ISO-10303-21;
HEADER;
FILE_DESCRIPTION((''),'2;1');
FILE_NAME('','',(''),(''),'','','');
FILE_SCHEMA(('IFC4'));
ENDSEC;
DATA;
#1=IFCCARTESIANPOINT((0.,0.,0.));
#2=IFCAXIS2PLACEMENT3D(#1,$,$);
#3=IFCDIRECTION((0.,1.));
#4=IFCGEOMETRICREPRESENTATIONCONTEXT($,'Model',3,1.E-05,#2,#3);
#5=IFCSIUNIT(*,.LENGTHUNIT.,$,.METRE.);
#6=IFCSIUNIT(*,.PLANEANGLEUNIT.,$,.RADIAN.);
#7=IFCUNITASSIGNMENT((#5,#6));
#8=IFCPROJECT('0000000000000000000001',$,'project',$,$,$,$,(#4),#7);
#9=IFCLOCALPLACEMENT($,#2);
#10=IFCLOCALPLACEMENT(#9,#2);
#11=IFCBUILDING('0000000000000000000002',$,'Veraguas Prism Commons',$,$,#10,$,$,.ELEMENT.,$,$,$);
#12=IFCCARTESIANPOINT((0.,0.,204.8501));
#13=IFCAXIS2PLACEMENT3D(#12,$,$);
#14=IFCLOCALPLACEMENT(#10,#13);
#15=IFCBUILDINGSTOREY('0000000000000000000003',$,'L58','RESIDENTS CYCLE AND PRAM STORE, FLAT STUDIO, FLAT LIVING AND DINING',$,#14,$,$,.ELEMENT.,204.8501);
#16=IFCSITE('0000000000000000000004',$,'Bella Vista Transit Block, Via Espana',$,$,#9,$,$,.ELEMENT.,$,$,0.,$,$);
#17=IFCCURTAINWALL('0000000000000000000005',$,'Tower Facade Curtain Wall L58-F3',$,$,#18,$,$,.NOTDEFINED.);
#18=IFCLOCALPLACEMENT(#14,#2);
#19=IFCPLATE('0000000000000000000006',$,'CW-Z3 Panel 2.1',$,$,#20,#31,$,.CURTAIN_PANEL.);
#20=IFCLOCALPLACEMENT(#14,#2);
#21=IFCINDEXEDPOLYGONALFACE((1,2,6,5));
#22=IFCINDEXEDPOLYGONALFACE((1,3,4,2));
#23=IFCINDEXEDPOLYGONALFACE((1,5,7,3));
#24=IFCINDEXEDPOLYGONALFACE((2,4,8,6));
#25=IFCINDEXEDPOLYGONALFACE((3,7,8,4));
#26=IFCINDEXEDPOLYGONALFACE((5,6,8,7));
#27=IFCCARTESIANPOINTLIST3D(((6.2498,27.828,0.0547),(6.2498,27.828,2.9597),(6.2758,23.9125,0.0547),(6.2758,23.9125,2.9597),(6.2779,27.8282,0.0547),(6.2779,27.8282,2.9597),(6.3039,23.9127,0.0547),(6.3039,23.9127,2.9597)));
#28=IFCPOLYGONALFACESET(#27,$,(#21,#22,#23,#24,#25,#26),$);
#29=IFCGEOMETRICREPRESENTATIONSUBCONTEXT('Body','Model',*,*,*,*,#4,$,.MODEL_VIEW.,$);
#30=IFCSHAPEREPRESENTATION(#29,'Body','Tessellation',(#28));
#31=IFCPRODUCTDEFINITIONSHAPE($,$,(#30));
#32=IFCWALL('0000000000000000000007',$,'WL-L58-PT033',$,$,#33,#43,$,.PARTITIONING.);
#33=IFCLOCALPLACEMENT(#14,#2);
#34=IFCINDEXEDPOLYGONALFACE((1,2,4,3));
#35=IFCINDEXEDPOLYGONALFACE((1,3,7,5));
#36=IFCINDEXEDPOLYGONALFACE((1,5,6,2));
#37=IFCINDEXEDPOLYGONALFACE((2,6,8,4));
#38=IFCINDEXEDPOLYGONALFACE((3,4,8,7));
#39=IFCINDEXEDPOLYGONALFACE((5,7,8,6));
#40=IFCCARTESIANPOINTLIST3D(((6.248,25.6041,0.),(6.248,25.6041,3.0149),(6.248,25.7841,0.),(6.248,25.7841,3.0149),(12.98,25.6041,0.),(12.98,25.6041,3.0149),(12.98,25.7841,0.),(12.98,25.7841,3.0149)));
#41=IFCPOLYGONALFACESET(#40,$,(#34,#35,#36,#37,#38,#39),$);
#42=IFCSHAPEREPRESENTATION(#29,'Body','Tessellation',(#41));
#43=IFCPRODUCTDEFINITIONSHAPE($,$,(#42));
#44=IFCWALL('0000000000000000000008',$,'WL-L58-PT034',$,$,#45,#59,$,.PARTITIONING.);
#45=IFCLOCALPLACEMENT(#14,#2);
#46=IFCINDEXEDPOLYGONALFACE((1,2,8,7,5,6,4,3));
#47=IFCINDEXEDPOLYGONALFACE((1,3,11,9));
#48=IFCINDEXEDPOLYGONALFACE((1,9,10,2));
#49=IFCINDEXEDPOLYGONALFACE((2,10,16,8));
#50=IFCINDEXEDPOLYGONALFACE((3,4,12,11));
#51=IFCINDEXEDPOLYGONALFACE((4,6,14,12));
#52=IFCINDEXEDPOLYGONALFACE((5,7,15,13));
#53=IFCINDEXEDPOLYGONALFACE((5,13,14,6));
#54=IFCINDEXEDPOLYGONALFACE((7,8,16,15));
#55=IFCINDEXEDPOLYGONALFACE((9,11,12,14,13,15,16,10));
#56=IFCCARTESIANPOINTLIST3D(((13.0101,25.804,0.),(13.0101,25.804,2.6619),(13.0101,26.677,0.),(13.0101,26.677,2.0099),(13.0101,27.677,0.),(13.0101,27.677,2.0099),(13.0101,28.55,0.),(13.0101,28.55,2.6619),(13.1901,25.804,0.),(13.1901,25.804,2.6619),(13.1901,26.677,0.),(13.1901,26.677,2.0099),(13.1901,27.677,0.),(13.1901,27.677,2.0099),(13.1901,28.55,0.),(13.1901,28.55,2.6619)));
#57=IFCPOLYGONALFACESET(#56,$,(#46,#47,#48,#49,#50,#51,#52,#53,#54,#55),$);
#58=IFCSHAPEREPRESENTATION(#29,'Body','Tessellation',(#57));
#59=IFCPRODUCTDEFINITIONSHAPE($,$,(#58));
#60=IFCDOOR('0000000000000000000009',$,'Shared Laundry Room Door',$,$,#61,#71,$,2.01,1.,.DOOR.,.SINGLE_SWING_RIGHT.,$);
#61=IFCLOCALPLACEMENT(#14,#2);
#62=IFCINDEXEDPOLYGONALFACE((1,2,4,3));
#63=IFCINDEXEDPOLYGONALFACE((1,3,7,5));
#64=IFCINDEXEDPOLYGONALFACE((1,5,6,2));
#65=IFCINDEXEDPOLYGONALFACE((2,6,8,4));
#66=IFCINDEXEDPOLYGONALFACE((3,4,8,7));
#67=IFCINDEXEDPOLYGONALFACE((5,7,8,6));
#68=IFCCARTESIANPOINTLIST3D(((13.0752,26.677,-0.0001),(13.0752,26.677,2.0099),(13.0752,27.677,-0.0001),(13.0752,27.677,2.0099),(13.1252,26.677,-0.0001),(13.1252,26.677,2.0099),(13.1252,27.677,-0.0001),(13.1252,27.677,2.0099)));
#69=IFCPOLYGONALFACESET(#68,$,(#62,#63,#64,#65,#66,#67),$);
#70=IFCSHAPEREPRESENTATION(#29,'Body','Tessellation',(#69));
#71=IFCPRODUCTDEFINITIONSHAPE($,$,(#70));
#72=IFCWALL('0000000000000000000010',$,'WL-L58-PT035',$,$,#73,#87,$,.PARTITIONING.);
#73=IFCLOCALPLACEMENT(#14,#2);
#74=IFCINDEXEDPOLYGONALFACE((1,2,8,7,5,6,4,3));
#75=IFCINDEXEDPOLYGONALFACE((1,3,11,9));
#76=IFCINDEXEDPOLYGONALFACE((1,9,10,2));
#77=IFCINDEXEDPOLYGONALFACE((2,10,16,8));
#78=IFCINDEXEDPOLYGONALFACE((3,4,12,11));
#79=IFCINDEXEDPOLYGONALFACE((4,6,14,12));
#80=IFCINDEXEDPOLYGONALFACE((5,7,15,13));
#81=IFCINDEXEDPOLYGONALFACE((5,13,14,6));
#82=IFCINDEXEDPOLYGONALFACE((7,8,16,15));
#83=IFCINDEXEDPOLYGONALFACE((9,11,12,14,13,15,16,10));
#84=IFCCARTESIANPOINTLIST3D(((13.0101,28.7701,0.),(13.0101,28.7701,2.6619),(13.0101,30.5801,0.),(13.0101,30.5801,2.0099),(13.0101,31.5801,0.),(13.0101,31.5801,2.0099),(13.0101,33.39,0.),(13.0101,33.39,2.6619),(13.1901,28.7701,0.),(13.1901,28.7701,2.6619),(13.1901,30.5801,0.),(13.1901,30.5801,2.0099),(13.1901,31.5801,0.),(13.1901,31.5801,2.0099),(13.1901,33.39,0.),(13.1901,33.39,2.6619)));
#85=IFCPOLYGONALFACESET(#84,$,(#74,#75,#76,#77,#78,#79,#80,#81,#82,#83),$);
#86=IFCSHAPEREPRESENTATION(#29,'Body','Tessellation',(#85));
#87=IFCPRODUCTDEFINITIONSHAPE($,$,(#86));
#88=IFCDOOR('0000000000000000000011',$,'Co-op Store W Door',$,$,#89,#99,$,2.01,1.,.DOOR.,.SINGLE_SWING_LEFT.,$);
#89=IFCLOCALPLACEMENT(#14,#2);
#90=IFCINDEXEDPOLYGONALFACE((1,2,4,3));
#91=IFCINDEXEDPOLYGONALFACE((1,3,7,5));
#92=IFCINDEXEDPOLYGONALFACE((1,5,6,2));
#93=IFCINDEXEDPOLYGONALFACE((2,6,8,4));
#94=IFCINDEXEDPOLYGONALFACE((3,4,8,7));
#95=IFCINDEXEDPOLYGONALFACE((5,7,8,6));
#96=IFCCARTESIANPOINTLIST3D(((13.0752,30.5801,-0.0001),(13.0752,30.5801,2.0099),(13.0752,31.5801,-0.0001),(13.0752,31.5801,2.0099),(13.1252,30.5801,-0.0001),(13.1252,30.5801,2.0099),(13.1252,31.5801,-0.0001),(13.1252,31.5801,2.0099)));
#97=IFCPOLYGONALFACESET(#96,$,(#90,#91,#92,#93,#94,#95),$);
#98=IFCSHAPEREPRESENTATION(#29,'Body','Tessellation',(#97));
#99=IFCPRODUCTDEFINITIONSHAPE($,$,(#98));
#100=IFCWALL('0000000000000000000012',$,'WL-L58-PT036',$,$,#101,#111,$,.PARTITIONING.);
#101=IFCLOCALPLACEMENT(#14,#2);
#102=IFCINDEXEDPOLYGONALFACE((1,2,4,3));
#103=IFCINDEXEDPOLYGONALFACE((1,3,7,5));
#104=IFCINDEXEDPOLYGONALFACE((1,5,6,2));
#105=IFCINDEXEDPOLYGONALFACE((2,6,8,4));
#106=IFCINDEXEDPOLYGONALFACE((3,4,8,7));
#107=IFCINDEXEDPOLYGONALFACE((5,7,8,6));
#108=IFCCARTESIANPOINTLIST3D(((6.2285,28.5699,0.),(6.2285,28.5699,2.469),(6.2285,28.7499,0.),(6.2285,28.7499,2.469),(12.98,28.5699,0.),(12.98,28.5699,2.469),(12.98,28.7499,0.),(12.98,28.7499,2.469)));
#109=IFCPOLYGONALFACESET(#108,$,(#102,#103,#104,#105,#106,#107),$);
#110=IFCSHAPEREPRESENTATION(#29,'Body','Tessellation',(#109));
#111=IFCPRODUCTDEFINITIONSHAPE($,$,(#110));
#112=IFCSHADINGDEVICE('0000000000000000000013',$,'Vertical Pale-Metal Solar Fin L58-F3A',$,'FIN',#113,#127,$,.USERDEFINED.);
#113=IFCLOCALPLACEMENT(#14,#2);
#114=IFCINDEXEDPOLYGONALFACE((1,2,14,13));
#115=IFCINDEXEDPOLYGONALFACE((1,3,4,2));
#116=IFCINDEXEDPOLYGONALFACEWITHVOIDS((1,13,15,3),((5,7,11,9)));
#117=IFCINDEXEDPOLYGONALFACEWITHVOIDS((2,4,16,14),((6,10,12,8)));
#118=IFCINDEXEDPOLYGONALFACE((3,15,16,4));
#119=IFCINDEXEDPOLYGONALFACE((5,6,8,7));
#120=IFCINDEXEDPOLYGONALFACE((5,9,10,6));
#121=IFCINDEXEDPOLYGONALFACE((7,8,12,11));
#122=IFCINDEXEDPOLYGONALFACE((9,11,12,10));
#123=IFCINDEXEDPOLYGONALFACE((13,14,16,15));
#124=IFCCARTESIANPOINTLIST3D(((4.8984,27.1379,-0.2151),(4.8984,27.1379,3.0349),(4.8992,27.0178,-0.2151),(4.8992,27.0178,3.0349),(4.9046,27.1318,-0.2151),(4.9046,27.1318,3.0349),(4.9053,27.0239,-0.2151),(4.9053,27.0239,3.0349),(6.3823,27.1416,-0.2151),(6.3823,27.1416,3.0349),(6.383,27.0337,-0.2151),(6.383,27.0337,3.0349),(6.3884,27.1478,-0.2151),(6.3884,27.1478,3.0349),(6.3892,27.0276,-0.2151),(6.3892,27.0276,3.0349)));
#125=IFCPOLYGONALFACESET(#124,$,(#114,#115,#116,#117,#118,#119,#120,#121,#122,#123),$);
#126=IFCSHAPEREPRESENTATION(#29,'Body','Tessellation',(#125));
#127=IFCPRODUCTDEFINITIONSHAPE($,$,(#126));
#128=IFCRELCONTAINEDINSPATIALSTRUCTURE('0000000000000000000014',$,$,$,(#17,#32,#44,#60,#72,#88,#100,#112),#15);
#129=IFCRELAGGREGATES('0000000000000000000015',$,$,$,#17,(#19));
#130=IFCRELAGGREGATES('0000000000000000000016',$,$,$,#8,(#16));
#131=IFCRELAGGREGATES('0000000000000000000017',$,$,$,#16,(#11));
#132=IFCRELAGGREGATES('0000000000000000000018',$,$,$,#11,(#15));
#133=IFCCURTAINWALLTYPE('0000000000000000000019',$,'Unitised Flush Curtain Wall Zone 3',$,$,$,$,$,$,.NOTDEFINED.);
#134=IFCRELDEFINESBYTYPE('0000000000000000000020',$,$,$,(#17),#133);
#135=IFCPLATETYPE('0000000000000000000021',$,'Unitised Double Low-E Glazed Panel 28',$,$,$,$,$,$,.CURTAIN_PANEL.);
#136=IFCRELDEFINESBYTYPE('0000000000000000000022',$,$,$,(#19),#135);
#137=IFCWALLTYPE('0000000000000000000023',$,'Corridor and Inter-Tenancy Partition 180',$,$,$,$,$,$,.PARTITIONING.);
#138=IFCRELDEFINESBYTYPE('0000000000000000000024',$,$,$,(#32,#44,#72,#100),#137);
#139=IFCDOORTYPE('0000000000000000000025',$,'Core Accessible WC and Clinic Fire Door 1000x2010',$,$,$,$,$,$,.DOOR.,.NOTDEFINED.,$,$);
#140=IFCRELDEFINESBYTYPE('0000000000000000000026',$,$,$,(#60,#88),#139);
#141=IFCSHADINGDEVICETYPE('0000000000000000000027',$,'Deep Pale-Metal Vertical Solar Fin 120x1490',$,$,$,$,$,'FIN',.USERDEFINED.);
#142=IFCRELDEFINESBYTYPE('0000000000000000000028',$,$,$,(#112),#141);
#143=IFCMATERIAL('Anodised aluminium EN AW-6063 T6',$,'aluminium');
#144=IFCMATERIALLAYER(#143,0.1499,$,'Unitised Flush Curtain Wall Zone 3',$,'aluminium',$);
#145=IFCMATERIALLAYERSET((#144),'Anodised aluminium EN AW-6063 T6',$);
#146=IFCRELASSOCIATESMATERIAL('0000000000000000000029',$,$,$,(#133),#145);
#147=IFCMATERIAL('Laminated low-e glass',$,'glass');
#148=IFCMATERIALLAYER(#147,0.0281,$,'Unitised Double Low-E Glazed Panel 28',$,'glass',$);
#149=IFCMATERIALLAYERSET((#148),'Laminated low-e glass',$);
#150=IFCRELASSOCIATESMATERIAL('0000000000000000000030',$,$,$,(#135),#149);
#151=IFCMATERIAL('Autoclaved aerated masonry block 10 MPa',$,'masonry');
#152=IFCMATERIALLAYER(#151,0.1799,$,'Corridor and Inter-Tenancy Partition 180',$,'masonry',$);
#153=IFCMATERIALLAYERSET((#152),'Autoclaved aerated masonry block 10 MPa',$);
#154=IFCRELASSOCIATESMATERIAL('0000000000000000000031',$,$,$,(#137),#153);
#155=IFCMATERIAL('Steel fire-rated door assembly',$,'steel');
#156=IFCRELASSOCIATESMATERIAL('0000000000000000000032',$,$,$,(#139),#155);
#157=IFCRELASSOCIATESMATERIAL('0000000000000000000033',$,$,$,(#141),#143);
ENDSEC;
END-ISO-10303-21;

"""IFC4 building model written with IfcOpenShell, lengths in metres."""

from ifc_helpers import new_model, si_unit, direction, frame, frame_2d, origin, origin_2d, place, context, subcontext, project, spatial, rectangle, hollow_rectangle, extrude, source, transform, mapped, material, layer, layer_set, material_profile, profile_set, type_object, element, fill, aggregate, save


model = new_model("IFC4")

# Units and contexts
model_context = context("Model", 3, precision=1e-05, world=origin(), true_north=direction((0.0, 1.0)))
body_context = subcontext(model_context, "Body", "Model", "MODEL_VIEW")
ifc_project = project(units=[si_unit("LENGTHUNIT", "METRE"), si_unit("PLANEANGLEUNIT", "RADIAN")], contexts=[model_context])

# Site, building, storey
site_placement = place(None, origin())
site = spatial("IfcSite", under=ifc_project, at=site_placement, Name="Bella Vista Transit Block, Via Espana", CompositionType="ELEMENT", RefElevation=0.0)
building_placement = place(site_placement, origin())
building = spatial("IfcBuilding", under=site, at=building_placement, Name="Veraguas Prism Commons", CompositionType="ELEMENT")
storey_placement = place(building_placement, frame((0.0, 0.0, 204.8501)))
storey = spatial("IfcBuildingStorey", under=building, at=storey_placement, Name="L58", Description="RESIDENTS CYCLE AND PRAM STORE, FLAT STUDIO, FLAT LIVING AND DINING", CompositionType="ELEMENT", Elevation=204.8501)

# Curtain wall, plate
ifc_material_1 = material(Name="Anodised aluminium EN AW-6063 T6", Category="aluminium")
ifc_layer_1 = layer(ifc_material_1, 0.1499, Name="Unitised Flush Curtain Wall Zone 3", Category="aluminium")
ifc_layer_set_1 = layer_set([ifc_layer_1], Name="Anodised aluminium EN AW-6063 T6")
curtain_wall_type = type_object("IfcCurtainWallType", Name="Unitised Flush Curtain Wall Zone 3", PredefinedType="NOTDEFINED", material=ifc_layer_set_1)
curtain_wall_placement = place(storey_placement, origin())
curtain_wall = element("IfcCurtainWall", 1, at=curtain_wall_placement, inside=storey, type_object=curtain_wall_type, Name="Tower Facade Curtain Wall L58-F3", PredefinedType="NOTDEFINED")
ifc_material_2 = material(Name="Laminated low-e glass", Category="glass")
ifc_layer_2 = layer(ifc_material_2, 0.0281, Name="Unitised Double Low-E Glazed Panel 28", Category="glass")
ifc_layer_set_2 = layer_set([ifc_layer_2], Name="Laminated low-e glass")
plate_type = type_object("IfcPlateType", Name="Unitised Double Low-E Glazed Panel 28", PredefinedType="CURTAIN_PANEL", material=ifc_layer_set_2)
shared_shape_1 = source(origin(), body_context, "Body", "SweptSolid", [
    extrude(rectangle(XDim=3.9155, YDim=0.0281, at=origin_2d()), origin(), (0.0, 0.0, 1.0), 2.905),
])
plate_1_placement = place(storey_placement, frame((6.2769, 25.8704, 0.0547), z_axis=(0.0, 0.0, 1.0), x_axis=(0.006634, -0.999978, 0.0)))
plate_1 = element("IfcPlate", 2, at=plate_1_placement, type_object=plate_type, Name="CW-Z3 Panel 2.1", PredefinedType="CURTAIN_PANEL", context=body_context, shape_type="MappedRepresentation", body=[
    mapped(shared_shape_1, transform((0.0, 0.0, 0.0), scale=1.0)),
])
aggregate(curtain_wall, [plate_1])

# Wall
ifc_material_3 = material(Name="Autoclaved aerated masonry block 10 MPa", Category="masonry")
ifc_layer_3 = layer(ifc_material_3, 0.1799, Name="Corridor and Inter-Tenancy Partition 180", Category="masonry")
ifc_layer_set_3 = layer_set([ifc_layer_3], Name="Autoclaved aerated masonry block 10 MPa")
wall_type = type_object("IfcWallType", Name="Corridor and Inter-Tenancy Partition 180", PredefinedType="PARTITIONING", material=ifc_layer_set_3)
wall_1_placement = place(storey_placement, frame((12.98, 25.6941, 0.0), z_axis=(0.0, 0.0, 1.0), x_axis=(-1.0, 0.0, 0.0)))
element("IfcWall", 3, at=wall_1_placement, inside=storey, type_object=wall_type, Name="WL-L58-PT033", PredefinedType="PARTITIONING", context=body_context, shape_type="SweptSolid", body=[
    extrude(rectangle(XDim=6.7319, YDim=0.1799, at=frame_2d((3.366, 0.0))), origin(), (0.0, 0.0, 1.0), 3.0149),
])

# Walls, openings, doors
wall_2_placement = place(storey_placement, frame((13.1001, 25.804, 0.0), z_axis=(0.0, 0.0, 1.0), x_axis=(0.0, 1.0, 0.0)))
wall_2 = element("IfcWall", 4, at=wall_2_placement, inside=storey, type_object=wall_type, Name="WL-L58-PT034", PredefinedType="PARTITIONING", context=body_context, shape_type="SweptSolid", body=[
    extrude(rectangle(XDim=2.7461, YDim=0.1799, at=frame_2d((1.373, 0.0))), origin(), (0.0, 0.0, 1.0), 2.6619),
])
opening_1_placement = place(wall_2_placement, frame((0.873, 0.0, 0.0)))
opening_1 = element("IfcOpeningElement", 5, at=opening_1_placement, cuts=wall_2, PredefinedType="OPENING", context=body_context, shape_type="SweptSolid", body=[
    extrude(rectangle(XDim=1.0, YDim=2.01, at=frame_2d((0.5, 1.0049))), frame((0.0, 0.0999, 0.0), z_axis=(0.0, -1.0, 0.0), x_axis=(1.0, 0.0, 0.0)), (0.0, 0.0, 1.0), 0.2),
])
ifc_material_4 = material(Name="Steel fire-rated door assembly", Category="steel")
door_type = type_object("IfcDoorType", Name="Core Accessible WC and Clinic Fire Door 1000x2010", OperationType="NOTDEFINED", PredefinedType="DOOR", material=ifc_material_4)
shared_shape_2 = source(origin(), body_context, "Body", "SweptSolid", [
    extrude(rectangle(XDim=1.0, YDim=2.01, at=frame_2d((0.5, 1.0049))), frame((0.0, 0.0249, 0.0), z_axis=(0.0, -1.0, 0.0), x_axis=(1.0, 0.0, 0.0)), (0.0, 0.0, 1.0), 0.05),
])
door_1_placement = place(opening_1_placement, origin())
door_1 = element("IfcDoor", 6, at=door_1_placement, inside=storey, type_object=door_type, Name="Shared Laundry Room Door", OperationType="SINGLE_SWING_RIGHT", OverallHeight=2.01, OverallWidth=1.0, PredefinedType="DOOR", context=body_context, shape_type="MappedRepresentation", body=[
    mapped(shared_shape_2, transform((0.0, 0.0, 0.0), scale=1.0)),
])
fill(opening_1, door_1)
wall_3_placement = place(storey_placement, frame((13.1001, 28.77, 0.0), z_axis=(0.0, 0.0, 1.0), x_axis=(0.0, 1.0, 0.0)))
wall_3 = element("IfcWall", 7, at=wall_3_placement, inside=storey, type_object=wall_type, Name="WL-L58-PT035", PredefinedType="PARTITIONING", context=body_context, shape_type="SweptSolid", body=[
    extrude(rectangle(XDim=4.6199, YDim=0.1799, at=frame_2d((2.3101, 0.0))), origin(), (0.0, 0.0, 1.0), 2.6619),
])
opening_2_placement = place(wall_3_placement, frame((1.8101, 0.0, 0.0)))
opening_2 = element("IfcOpeningElement", 8, at=opening_2_placement, cuts=wall_3, PredefinedType="OPENING", context=body_context, shape_type="SweptSolid", body=[
    extrude(rectangle(XDim=1.0, YDim=2.01, at=frame_2d((0.5, 1.0049))), frame((0.0, 0.0999, 0.0), z_axis=(0.0, -1.0, 0.0), x_axis=(1.0, 0.0, 0.0)), (0.0, 0.0, 1.0), 0.2),
])
door_2_placement = place(opening_2_placement, origin())
door_2 = element("IfcDoor", 9, at=door_2_placement, inside=storey, type_object=door_type, Name="Co-op Store W Door", OperationType="SINGLE_SWING_LEFT", OverallHeight=2.01, OverallWidth=1.0, PredefinedType="DOOR", context=body_context, shape_type="MappedRepresentation", body=[
    mapped(shared_shape_2, transform((0.0, 0.0, 0.0), scale=1.0)),
])
fill(opening_2, door_2)

# Wall
wall_4_placement = place(storey_placement, frame((12.98, 28.6599, 0.0), z_axis=(0.0, 0.0, 1.0), x_axis=(-1.0, 0.0, 0.0)))
element("IfcWall", 10, at=wall_4_placement, inside=storey, type_object=wall_type, Name="WL-L58-PT036", PredefinedType="PARTITIONING", context=body_context, shape_type="SweptSolid", body=[
    extrude(rectangle(XDim=6.7515, YDim=0.1799, at=frame_2d((3.3757, 0.0))), origin(), (0.0, 0.0, 1.0), 2.469),
])

# Shading device
ifc_material_profile_1 = material_profile(ifc_material_1, hollow_rectangle(XDim=0.1201, YDim=1.49, WallThickness=0.0061, at=origin_2d()), Name="FIN120X1490X6")
ifc_profile_set_1 = profile_set([ifc_material_profile_1], Name="Anodised aluminium EN AW-6063 T6")
shading_device_type = type_object("IfcShadingDeviceType", Name="Deep Pale-Metal Vertical Solar Fin 120x1490", ElementType="FIN", PredefinedType="USERDEFINED", material=ifc_profile_set_1)
shading_device_placement = place(storey_placement, frame((5.6438, 27.0828, -0.2151), z_axis=(0.0, 0.0, 1.0), x_axis=(0.006634, -0.999978, 0.0)))
element("IfcShadingDevice", 11, at=shading_device_placement, inside=storey, type_object=shading_device_type, Name="Vertical Pale-Metal Solar Fin L58-F3A", ObjectType="FIN", PredefinedType="USERDEFINED", context=body_context, shape_type="SweptSolid", body=[
    extrude(hollow_rectangle(XDim=0.1201, YDim=1.49, WallThickness=0.0061, at=origin_2d()), origin(), (0.0, 0.0, 1.0), 3.25),
])

save(model, "model.ifc")
